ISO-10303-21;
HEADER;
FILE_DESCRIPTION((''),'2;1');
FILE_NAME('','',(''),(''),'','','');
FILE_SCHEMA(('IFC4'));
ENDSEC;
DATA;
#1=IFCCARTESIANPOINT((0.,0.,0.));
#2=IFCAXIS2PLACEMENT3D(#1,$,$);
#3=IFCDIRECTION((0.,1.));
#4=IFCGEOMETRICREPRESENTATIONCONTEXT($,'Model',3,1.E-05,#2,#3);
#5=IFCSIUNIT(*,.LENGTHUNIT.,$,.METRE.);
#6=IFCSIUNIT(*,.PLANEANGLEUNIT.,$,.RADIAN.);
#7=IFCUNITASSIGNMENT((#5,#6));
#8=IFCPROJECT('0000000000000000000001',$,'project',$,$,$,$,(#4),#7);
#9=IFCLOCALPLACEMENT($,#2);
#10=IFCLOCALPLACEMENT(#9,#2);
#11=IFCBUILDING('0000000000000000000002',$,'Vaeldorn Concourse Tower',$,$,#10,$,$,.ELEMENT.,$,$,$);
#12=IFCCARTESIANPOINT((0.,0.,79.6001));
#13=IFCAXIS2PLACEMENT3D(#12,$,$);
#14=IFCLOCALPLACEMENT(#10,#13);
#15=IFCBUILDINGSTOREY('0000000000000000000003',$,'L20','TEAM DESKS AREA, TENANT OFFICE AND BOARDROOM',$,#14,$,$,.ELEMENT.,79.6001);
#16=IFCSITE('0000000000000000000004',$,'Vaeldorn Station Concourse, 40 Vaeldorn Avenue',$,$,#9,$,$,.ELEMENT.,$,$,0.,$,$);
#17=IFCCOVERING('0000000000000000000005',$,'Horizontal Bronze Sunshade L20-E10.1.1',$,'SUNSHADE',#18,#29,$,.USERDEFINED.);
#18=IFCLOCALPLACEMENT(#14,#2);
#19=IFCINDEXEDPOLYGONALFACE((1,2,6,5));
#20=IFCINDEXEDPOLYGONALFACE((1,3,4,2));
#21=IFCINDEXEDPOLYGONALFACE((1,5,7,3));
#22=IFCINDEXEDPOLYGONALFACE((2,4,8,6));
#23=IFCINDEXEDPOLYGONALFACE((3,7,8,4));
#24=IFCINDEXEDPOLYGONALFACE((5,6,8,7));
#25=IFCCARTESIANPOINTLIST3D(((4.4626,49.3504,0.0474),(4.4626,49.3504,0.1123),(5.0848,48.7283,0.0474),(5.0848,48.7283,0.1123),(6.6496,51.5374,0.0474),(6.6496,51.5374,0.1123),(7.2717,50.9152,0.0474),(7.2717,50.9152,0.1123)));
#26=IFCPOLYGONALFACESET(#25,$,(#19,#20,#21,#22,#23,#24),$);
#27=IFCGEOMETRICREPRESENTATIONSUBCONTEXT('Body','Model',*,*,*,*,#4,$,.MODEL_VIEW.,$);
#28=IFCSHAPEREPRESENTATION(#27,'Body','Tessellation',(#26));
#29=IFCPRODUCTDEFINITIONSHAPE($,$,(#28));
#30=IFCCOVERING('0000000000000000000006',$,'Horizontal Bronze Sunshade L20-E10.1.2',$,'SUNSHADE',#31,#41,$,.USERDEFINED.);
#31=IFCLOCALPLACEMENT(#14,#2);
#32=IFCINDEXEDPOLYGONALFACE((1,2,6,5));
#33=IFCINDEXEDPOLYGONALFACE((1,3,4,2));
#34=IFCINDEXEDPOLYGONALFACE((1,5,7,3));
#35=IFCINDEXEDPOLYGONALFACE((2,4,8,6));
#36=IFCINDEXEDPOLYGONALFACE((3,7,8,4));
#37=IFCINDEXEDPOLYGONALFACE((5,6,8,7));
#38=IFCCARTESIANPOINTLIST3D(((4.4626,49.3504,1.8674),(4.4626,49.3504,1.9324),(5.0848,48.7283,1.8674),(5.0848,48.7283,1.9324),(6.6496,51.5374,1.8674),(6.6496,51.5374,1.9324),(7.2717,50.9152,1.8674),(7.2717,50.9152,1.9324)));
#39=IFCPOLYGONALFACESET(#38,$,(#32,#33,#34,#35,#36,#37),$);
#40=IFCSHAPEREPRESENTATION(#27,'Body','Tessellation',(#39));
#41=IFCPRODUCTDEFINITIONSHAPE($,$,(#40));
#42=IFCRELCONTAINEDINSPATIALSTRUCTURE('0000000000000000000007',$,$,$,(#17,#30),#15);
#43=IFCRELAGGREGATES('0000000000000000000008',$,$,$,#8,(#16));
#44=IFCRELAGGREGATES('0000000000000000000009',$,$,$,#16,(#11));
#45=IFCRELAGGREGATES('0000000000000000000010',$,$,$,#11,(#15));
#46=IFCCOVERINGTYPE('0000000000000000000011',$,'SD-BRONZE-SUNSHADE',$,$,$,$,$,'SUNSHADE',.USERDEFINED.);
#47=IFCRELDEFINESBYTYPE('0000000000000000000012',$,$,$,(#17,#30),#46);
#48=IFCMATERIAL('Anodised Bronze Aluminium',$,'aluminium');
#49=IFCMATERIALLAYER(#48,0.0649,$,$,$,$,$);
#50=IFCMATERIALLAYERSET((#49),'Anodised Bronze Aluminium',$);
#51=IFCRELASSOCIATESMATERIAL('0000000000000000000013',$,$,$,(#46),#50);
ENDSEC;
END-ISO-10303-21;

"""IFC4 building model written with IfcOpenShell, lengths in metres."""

from ifc_helpers import new_model, si_unit, direction, frame, origin, origin_2d, place, context, subcontext, project, spatial, rectangle, extrude, source, transform, mapped, material, layer, layer_set, type_object, element, save


model = new_model("IFC4")

# Units and contexts
model_context = context("Model", 3, precision=1e-05, world=origin(), true_north=direction((0.0, 1.0)))
body_context = subcontext(model_context, "Body", "Model", "MODEL_VIEW")
ifc_project = project(units=[si_unit("LENGTHUNIT", "METRE"), si_unit("PLANEANGLEUNIT", "RADIAN")], contexts=[model_context])

# Site, building, storey
site_placement = place(None, origin())
site = spatial("IfcSite", under=ifc_project, at=site_placement, Name="Vaeldorn Station Concourse, 40 Vaeldorn Avenue", CompositionType="ELEMENT", RefElevation=0.0)
building_placement = place(site_placement, origin())
building = spatial("IfcBuilding", under=site, at=building_placement, Name="Vaeldorn Concourse Tower", CompositionType="ELEMENT")
storey_placement = place(building_placement, frame((0.0, 0.0, 79.6001)))
storey = spatial("IfcBuildingStorey", under=building, at=storey_placement, Name="L20", Description="TEAM DESKS AREA, TENANT OFFICE AND BOARDROOM", CompositionType="ELEMENT", Elevation=79.6001)

# Shared definitions
ifc_material_1 = material(Name="Anodised Bronze Aluminium", Category="aluminium")

# Coverings
ifc_layer_1 = layer(ifc_material_1, 0.0649)
ifc_layer_set_1 = layer_set([ifc_layer_1], Name="Anodised Bronze Aluminium")
covering_type = type_object("IfcCoveringType", Name="SD-BRONZE-SUNSHADE", ElementType="SUNSHADE", PredefinedType="USERDEFINED", material=ifc_layer_set_1)
shared_shape_1 = source(origin(), body_context, "Body", "SweptSolid", [
    extrude(rectangle(XDim=3.0928, YDim=0.8799, at=origin_2d()), origin(), (0.0, 0.0, 1.0), 0.0649),
])
for number, where, z_axis, x_axis, name in (
    (1, (5.8672, 50.1328, 0.0474), (0.0, 0.0, 1.0), (-0.707107, -0.707107, 0.0), "Horizontal Bronze Sunshade L20-E10.1.1"),
    (2, (5.8672, 50.1328, 1.8674), (0.0, 0.0, 1.0), (-0.707107, -0.707107, 0.0), "Horizontal Bronze Sunshade L20-E10.1.2"),
):
    element("IfcCovering", number, at=place(storey_placement, frame(where, z_axis=z_axis, x_axis=x_axis)), inside=storey, type_object=covering_type, Name=name, ObjectType="SUNSHADE", PredefinedType="USERDEFINED", context=body_context, shape_type="MappedRepresentation", body=[
        mapped(shared_shape_1, transform((0.0, 0.0, 0.0), scale=1.0)),
    ])

save(model, "model.ifc")
